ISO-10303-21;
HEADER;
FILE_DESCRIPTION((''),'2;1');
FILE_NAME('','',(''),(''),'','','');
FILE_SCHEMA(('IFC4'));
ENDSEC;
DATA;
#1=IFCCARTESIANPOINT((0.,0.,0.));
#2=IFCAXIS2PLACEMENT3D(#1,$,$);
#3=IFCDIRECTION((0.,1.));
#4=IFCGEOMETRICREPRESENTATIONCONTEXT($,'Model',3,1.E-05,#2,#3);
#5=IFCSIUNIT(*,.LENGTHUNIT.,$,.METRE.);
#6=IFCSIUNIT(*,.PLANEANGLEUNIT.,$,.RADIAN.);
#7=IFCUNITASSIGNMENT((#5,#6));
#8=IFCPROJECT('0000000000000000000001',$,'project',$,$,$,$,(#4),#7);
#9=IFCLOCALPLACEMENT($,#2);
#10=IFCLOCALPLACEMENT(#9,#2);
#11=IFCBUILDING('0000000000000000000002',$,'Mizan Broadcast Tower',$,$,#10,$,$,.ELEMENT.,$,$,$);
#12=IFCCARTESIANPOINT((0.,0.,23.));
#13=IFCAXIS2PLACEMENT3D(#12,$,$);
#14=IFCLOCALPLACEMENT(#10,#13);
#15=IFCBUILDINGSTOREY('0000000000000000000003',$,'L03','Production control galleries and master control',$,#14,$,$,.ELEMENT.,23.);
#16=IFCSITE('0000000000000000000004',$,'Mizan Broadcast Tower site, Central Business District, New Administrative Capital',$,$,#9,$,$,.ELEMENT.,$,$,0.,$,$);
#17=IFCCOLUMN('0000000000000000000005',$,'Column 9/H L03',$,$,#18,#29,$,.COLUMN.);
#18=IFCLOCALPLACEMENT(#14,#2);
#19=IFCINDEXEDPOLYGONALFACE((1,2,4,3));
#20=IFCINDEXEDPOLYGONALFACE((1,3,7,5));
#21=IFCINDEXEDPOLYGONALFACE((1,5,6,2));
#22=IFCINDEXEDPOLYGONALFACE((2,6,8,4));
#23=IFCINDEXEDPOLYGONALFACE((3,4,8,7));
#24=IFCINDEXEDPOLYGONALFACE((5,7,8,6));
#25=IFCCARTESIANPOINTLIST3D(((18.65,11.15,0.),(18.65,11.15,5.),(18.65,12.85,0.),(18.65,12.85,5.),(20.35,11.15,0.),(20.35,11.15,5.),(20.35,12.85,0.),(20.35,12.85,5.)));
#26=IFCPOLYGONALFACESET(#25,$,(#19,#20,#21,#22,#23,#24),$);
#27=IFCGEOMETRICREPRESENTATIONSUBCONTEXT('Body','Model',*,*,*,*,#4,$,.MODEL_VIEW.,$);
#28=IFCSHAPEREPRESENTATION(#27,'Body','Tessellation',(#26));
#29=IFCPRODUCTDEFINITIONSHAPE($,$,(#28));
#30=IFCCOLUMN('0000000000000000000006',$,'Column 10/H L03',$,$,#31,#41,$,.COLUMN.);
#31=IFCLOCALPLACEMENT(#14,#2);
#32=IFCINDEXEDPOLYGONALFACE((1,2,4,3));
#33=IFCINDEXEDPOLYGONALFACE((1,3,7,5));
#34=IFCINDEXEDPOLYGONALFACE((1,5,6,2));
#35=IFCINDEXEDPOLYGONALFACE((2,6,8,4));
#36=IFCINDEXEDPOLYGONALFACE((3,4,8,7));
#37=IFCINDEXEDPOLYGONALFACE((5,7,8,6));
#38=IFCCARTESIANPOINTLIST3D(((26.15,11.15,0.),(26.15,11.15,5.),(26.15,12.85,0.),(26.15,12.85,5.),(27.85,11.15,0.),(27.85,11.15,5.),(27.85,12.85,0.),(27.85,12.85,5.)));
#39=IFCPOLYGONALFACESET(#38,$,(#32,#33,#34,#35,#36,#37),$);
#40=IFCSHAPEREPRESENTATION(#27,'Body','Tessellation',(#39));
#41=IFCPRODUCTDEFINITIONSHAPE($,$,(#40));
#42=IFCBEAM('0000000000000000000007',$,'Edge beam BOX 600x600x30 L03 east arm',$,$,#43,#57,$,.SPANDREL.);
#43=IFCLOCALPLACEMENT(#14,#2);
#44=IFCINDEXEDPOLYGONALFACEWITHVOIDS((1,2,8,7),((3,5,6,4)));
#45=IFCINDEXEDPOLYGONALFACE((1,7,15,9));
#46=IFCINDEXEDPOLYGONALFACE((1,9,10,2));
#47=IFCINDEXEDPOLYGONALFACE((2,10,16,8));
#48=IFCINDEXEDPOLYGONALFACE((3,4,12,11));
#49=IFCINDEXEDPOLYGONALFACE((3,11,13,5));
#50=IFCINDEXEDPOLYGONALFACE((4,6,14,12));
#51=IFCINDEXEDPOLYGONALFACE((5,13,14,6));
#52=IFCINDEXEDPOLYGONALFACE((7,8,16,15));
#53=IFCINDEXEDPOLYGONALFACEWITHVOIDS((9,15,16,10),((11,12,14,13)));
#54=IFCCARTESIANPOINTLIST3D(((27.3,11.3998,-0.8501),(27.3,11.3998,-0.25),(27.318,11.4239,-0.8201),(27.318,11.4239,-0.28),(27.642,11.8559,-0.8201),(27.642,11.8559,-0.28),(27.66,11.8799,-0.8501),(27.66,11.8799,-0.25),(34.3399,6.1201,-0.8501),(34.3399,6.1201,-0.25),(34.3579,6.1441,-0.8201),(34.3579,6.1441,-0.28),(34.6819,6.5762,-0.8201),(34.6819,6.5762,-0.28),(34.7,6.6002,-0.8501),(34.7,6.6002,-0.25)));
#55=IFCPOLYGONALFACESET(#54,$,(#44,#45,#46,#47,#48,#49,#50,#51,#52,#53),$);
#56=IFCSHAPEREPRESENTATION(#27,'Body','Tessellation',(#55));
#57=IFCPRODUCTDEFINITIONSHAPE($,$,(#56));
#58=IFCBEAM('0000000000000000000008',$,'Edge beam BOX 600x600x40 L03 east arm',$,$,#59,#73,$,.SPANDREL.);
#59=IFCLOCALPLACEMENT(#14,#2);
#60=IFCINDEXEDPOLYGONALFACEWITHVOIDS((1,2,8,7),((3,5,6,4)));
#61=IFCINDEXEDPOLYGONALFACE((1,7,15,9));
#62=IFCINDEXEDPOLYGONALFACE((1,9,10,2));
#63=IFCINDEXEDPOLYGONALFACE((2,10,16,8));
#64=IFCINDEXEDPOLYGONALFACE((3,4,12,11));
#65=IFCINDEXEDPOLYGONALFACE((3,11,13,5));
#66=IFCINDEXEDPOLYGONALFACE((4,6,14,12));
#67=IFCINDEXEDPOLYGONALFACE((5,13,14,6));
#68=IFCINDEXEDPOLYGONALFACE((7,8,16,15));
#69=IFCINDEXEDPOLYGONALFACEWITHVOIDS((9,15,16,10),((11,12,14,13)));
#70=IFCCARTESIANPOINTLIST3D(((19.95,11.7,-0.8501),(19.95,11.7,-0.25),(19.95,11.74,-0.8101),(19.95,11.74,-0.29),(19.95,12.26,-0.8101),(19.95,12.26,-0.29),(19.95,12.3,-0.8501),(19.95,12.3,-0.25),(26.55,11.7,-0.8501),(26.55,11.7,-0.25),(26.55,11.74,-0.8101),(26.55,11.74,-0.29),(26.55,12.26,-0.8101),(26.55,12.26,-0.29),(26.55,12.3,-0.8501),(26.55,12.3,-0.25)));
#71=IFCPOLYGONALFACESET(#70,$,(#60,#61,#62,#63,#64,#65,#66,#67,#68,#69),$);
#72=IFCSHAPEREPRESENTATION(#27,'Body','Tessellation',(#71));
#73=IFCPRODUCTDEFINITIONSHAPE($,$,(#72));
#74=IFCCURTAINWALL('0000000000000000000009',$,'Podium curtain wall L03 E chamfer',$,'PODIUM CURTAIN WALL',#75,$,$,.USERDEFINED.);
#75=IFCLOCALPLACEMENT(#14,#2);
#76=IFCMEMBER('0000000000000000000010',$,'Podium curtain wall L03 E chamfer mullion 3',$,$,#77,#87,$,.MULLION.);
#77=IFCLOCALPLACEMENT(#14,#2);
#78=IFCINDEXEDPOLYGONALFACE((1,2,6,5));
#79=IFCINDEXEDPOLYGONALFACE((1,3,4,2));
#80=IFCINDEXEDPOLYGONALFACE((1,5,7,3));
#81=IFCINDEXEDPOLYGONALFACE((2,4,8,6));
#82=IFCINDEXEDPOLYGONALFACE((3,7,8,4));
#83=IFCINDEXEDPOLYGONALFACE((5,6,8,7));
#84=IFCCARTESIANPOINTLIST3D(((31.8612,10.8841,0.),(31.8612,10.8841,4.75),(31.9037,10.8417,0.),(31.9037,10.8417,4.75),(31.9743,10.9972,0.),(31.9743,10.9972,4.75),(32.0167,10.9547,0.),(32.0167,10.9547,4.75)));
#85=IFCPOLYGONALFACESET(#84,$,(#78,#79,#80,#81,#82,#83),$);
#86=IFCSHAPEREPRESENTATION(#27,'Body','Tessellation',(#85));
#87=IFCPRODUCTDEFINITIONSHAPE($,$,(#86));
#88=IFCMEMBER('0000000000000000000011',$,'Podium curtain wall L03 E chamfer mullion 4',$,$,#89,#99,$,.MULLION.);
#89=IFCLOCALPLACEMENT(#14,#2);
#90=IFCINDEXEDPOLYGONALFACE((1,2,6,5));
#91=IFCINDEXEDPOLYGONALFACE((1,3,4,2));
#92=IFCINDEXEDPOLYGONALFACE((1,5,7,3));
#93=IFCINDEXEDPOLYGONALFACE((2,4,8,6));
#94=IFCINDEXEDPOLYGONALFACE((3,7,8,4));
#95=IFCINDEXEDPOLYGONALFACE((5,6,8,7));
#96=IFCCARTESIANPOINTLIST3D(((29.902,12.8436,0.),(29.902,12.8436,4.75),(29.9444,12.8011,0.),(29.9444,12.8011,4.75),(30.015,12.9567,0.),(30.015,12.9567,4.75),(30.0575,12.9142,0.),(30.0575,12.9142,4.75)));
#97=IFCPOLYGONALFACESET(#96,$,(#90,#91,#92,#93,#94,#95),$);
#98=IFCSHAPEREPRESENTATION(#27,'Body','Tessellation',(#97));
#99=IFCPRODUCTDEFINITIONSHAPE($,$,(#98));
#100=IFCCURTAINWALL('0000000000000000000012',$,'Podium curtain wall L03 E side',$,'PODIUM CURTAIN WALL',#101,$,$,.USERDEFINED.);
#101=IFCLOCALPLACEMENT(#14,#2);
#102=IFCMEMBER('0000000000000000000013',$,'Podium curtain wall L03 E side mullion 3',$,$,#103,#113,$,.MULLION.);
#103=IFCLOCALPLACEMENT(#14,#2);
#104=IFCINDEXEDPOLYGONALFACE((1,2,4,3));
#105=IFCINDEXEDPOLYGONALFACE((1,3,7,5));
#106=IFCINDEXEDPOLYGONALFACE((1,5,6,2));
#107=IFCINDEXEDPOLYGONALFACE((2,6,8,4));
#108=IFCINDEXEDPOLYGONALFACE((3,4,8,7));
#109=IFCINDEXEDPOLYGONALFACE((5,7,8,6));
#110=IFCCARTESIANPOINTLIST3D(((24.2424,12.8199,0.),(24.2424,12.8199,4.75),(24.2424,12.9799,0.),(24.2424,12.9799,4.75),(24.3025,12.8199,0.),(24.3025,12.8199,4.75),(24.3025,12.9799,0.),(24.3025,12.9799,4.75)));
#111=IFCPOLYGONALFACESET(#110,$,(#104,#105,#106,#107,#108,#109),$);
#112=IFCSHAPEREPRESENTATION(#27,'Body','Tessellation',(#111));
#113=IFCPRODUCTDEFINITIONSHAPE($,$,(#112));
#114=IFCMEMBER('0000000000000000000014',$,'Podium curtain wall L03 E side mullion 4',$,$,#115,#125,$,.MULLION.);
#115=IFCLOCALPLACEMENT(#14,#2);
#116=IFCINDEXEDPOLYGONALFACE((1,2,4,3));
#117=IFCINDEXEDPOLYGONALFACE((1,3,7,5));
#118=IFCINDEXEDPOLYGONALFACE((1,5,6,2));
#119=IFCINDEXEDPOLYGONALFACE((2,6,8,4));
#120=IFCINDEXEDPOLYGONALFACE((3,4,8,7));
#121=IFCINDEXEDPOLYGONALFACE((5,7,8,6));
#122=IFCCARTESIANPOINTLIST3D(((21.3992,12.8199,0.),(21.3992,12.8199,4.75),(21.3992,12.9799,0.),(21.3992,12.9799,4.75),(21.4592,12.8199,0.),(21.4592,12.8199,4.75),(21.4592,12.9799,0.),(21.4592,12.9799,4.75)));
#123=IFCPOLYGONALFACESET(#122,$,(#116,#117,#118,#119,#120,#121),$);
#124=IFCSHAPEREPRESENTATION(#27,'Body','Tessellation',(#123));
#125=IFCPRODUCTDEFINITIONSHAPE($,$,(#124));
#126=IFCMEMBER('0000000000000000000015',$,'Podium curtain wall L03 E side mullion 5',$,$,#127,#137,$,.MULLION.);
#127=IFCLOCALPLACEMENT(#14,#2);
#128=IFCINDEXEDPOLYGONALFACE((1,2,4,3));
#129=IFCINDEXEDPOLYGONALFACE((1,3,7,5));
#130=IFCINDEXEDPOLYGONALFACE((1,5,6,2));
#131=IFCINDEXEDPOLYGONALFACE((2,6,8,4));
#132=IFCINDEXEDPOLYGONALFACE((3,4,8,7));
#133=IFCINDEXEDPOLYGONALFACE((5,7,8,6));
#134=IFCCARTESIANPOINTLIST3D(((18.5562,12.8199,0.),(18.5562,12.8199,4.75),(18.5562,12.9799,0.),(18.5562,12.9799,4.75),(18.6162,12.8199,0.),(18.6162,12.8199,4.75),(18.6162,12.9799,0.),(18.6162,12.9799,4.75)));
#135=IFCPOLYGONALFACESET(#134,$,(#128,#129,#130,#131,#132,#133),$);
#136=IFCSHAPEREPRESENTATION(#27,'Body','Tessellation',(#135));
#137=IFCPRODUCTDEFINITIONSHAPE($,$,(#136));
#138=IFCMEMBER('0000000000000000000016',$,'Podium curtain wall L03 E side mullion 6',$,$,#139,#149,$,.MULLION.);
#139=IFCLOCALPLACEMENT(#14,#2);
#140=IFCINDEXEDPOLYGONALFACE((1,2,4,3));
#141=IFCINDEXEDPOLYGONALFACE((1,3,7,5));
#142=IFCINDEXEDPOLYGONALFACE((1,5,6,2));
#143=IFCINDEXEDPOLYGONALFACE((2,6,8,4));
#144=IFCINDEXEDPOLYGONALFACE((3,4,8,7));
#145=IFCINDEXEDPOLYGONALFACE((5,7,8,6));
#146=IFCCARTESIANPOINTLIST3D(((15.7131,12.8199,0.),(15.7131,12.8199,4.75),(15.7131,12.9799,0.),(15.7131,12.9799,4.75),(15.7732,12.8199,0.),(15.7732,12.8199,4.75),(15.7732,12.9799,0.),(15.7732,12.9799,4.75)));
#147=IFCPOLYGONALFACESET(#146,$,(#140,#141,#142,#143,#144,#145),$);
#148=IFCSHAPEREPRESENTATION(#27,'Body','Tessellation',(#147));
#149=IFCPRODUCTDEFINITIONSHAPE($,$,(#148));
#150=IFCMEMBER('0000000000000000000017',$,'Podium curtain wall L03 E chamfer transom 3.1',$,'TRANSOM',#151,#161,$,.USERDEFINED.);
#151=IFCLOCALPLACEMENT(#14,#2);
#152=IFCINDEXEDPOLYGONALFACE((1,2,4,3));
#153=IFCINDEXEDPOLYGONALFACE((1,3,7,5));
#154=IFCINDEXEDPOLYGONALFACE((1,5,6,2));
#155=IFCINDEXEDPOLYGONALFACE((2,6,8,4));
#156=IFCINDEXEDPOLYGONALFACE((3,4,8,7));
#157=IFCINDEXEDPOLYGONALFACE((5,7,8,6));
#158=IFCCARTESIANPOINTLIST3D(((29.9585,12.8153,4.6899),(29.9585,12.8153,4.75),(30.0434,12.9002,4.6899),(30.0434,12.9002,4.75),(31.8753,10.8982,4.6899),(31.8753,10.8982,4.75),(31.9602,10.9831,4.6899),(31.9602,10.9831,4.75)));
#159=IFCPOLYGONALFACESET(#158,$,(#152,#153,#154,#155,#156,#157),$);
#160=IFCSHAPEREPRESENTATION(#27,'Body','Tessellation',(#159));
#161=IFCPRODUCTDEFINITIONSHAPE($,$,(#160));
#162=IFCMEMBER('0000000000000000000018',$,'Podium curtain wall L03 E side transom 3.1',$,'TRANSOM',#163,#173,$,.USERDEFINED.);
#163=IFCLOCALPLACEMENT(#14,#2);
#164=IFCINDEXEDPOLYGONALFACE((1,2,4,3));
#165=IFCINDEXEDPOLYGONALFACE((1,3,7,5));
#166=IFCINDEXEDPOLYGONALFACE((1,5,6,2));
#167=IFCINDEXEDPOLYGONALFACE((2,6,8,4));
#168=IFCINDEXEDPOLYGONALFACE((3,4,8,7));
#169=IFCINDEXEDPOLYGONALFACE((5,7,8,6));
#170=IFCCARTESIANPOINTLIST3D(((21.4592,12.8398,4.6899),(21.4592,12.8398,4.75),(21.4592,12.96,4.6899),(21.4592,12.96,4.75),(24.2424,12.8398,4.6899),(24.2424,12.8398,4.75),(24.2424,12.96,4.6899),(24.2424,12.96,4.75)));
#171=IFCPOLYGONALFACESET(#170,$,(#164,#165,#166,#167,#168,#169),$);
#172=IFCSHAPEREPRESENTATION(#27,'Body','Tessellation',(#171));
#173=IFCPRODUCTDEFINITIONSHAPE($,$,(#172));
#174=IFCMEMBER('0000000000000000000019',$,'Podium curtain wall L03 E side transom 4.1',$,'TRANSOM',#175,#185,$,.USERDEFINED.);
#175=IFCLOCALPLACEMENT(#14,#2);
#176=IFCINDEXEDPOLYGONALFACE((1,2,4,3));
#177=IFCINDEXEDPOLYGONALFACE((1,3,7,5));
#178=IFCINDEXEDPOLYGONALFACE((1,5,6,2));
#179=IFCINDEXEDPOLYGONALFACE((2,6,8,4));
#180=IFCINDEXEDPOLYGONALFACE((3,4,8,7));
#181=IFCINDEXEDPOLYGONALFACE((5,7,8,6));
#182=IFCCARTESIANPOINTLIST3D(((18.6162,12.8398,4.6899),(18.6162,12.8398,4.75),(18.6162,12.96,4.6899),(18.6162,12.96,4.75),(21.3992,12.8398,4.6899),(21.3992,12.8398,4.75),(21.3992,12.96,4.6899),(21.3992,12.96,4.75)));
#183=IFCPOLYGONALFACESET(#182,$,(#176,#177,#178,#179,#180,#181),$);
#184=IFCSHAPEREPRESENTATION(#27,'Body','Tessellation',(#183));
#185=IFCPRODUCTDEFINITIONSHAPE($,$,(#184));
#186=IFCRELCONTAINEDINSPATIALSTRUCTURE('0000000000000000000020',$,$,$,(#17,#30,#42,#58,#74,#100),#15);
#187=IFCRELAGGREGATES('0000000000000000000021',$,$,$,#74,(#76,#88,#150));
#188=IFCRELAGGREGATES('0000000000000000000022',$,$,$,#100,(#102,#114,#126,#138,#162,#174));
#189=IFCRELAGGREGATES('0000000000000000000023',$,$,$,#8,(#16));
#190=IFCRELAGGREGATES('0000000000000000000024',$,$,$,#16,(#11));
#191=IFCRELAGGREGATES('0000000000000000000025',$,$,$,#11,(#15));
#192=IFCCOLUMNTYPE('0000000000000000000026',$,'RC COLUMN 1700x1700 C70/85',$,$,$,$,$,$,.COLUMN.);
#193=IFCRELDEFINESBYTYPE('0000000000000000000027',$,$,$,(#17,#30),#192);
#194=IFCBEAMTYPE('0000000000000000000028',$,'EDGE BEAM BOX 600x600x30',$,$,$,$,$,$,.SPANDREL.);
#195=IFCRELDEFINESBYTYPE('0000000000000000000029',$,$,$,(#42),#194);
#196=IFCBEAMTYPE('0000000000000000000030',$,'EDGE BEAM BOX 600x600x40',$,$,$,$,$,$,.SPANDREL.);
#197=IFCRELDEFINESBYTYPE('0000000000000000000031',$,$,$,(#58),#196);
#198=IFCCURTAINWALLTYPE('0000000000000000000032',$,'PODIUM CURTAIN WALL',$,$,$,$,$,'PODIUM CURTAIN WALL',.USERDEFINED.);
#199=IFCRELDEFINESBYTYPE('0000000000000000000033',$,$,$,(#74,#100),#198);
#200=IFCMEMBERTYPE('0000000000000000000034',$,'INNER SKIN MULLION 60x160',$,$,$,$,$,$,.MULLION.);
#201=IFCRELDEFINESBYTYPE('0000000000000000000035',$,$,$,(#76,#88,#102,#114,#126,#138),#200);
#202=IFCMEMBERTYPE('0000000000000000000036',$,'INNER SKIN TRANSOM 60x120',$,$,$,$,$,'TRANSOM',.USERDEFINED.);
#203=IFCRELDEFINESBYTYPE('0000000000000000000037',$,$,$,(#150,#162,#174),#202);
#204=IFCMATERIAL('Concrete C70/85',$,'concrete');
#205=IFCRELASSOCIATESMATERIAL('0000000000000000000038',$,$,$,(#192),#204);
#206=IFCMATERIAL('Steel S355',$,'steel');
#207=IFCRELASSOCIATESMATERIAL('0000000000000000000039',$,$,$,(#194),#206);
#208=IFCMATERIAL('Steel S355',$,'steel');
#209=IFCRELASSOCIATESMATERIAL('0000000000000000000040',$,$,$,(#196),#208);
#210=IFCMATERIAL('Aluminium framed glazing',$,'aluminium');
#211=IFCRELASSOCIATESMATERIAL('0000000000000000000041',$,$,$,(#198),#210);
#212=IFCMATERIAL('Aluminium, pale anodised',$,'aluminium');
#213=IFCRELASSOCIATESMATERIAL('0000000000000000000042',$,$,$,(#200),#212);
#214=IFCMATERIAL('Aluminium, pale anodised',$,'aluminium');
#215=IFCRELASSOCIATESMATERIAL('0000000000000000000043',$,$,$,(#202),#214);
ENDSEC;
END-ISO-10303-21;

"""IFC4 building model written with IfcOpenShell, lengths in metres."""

from ifc_helpers import new_model, si_unit, direction, frame, origin, origin_2d, place, context, subcontext, project, spatial, rectangle, hollow_rectangle, extrude, material, material_profile, profile_set, type_object, element, aggregate, save


model = new_model("IFC4")

# Units and contexts
model_context = context("Model", 3, precision=1e-05, world=origin(), true_north=direction((0.0, 1.0)))
body_context = subcontext(model_context, "Body", "Model", "MODEL_VIEW")
ifc_project = project(units=[si_unit("LENGTHUNIT", "METRE"), si_unit("PLANEANGLEUNIT", "RADIAN")], contexts=[model_context])

# Site, building, storey
site_placement = place(None, origin())
site = spatial("IfcSite", under=ifc_project, at=site_placement, Name="Mizan Broadcast Tower site, Central Business District, New Administrative Capital", CompositionType="ELEMENT", RefElevation=0.0)
building_placement = place(site_placement, origin())
building = spatial("IfcBuilding", under=site, at=building_placement, Name="Mizan Broadcast Tower", CompositionType="ELEMENT")
storey_placement = place(building_placement, frame((0.0, 0.0, 23.0)))
storey = spatial("IfcBuildingStorey", under=building, at=storey_placement, Name="L03", Description="Production control galleries and master control", CompositionType="ELEMENT", Elevation=23.0)

# Columns
ifc_material_1 = material(Name="Concrete C70/85", Category="concrete")
ifc_material_profile_1 = material_profile(ifc_material_1, rectangle(XDim=1.7, YDim=1.7, at=origin_2d()), Name="RC 1700x1700")
ifc_profile_set_1 = profile_set([ifc_material_profile_1], Name="Concrete C70/85")
column_type = type_object("IfcColumnType", Name="RC COLUMN 1700x1700 C70/85", PredefinedType="COLUMN", material=ifc_profile_set_1)
for number, where, z_axis, x_axis, name in (
    (1, (19.5, 12.0, 0.0), (0.0, 0.0, 1.0), (1.0, 0.0, 0.0), "Column 9/H L03"),
    (2, (27.0, 12.0, 0.0), (0.0, 0.0, 1.0), (1.0, 0.0, 0.0), "Column 10/H L03"),
):
    element("IfcColumn", number, at=place(storey_placement, frame(where, z_axis=z_axis, x_axis=x_axis)), inside=storey, type_object=column_type, Name=name, PredefinedType="COLUMN", context=body_context, shape_type="SweptSolid", body=[
        extrude(rectangle(XDim=1.7, YDim=1.7, at=origin_2d()), origin(), (0.0, 0.0, 1.0), 5.0),
    ])

# Beams
ifc_material_2 = material(Name="Steel S355", Category="steel")
ifc_material_profile_2 = material_profile(ifc_material_2, hollow_rectangle(XDim=0.6001, YDim=0.6001, WallThickness=0.03, at=origin_2d()), Name="BOX 600x600x30")
ifc_profile_set_2 = profile_set([ifc_material_profile_2], Name="Steel S355")
beam_type_1 = type_object("IfcBeamType", Name="EDGE BEAM BOX 600x600x30", PredefinedType="SPANDREL", material=ifc_profile_set_2)
beam_1_placement = place(storey_placement, frame((27.48, 11.6399, -0.55), z_axis=(0.800013, -0.599982, 0.0), x_axis=(0.599982, 0.800013, 0.0)))
element("IfcBeam", 3, at=beam_1_placement, inside=storey, type_object=beam_type_1, Name="Edge beam BOX 600x600x30 L03 east arm", PredefinedType="SPANDREL", context=body_context, shape_type="SweptSolid", body=[
    extrude(hollow_rectangle(XDim=0.6001, YDim=0.6001, WallThickness=0.03, at=origin_2d()), origin(), (0.0, 0.0, 1.0), 8.7998),
])
ifc_material_3 = material(Name="Steel S355", Category="steel")
ifc_material_profile_3 = material_profile(ifc_material_3, hollow_rectangle(XDim=0.6001, YDim=0.6001, WallThickness=0.04, at=origin_2d()), Name="BOX 600x600x40")
ifc_profile_set_3 = profile_set([ifc_material_profile_3], Name="Steel S355")
beam_type_2 = type_object("IfcBeamType", Name="EDGE BEAM BOX 600x600x40", PredefinedType="SPANDREL", material=ifc_profile_set_3)
beam_2_placement = place(storey_placement, frame((19.95, 12.0, -0.55), z_axis=(1.0, 0.0, 0.0), x_axis=(0.0, 1.0, 0.0)))
element("IfcBeam", 4, at=beam_2_placement, inside=storey, type_object=beam_type_2, Name="Edge beam BOX 600x600x40 L03 east arm", PredefinedType="SPANDREL", context=body_context, shape_type="SweptSolid", body=[
    extrude(hollow_rectangle(XDim=0.6001, YDim=0.6001, WallThickness=0.04, at=origin_2d()), origin(), (0.0, 0.0, 1.0), 6.6001),
])

# Curtain walls, members
ifc_material_4 = material(Name="Aluminium framed glazing", Category="aluminium")
curtain_wall_type_1 = type_object("IfcCurtainWallType", Name="PODIUM CURTAIN WALL", ElementType="PODIUM CURTAIN WALL", PredefinedType="USERDEFINED", material=ifc_material_4)
curtain_wall_1_placement = place(storey_placement, origin())
curtain_wall_1 = element("IfcCurtainWall", 5, at=curtain_wall_1_placement, inside=storey, type_object=curtain_wall_type_1, Name="Podium curtain wall L03 E chamfer", ObjectType="PODIUM CURTAIN WALL", PredefinedType="USERDEFINED")
ifc_material_5 = material(Name="Aluminium, pale anodised", Category="aluminium")
ifc_material_profile_4 = material_profile(ifc_material_5, rectangle(XDim=0.1599, YDim=0.0601, at=origin_2d()), Name="MULLION 160x60")
ifc_profile_set_4 = profile_set([ifc_material_profile_4], Name="Aluminium, pale anodised")
member_type_1 = type_object("IfcMemberType", Name="INNER SKIN MULLION 60x160", PredefinedType="MULLION", material=ifc_profile_set_4)
member_1_placement = place(storey_placement, frame((31.939, 10.9194, 0.0), z_axis=(0.0, 0.0, 1.0), x_axis=(-0.707107, -0.707107, 0.0)))
member_1 = element("IfcMember", 6, at=member_1_placement, type_object=member_type_1, Name="Podium curtain wall L03 E chamfer mullion 3", PredefinedType="MULLION", context=body_context, shape_type="SweptSolid", body=[
    extrude(rectangle(XDim=0.1599, YDim=0.0601, at=origin_2d()), origin(), (0.0, 0.0, 1.0), 4.75),
])
member_2_placement = place(storey_placement, frame((29.9797, 12.8789, 0.0), z_axis=(0.0, 0.0, 1.0), x_axis=(-0.707107, -0.707107, 0.0)))
member_2 = element("IfcMember", 7, at=member_2_placement, type_object=member_type_1, Name="Podium curtain wall L03 E chamfer mullion 4", PredefinedType="MULLION", context=body_context, shape_type="SweptSolid", body=[
    extrude(rectangle(XDim=0.1599, YDim=0.0601, at=origin_2d()), origin(), (0.0, 0.0, 1.0), 4.75),
])
curtain_wall_2_placement = place(storey_placement, origin())
curtain_wall_2 = element("IfcCurtainWall", 8, at=curtain_wall_2_placement, inside=storey, type_object=curtain_wall_type_1, Name="Podium curtain wall L03 E side", ObjectType="PODIUM CURTAIN WALL", PredefinedType="USERDEFINED")
member_3_placement = place(storey_placement, frame((24.2725, 12.8999, 0.0), z_axis=(0.0, 0.0, 1.0), x_axis=(0.0, -1.0, 0.0)))
member_3 = element("IfcMember", 9, at=member_3_placement, type_object=member_type_1, Name="Podium curtain wall L03 E side mullion 3", PredefinedType="MULLION", context=body_context, shape_type="SweptSolid", body=[
    extrude(rectangle(XDim=0.1599, YDim=0.0601, at=origin_2d()), origin(), (0.0, 0.0, 1.0), 4.75),
])
member_4_placement = place(storey_placement, frame((21.4292, 12.8999, 0.0), z_axis=(0.0, 0.0, 1.0), x_axis=(0.0, -1.0, 0.0)))
member_4 = element("IfcMember", 10, at=member_4_placement, type_object=member_type_1, Name="Podium curtain wall L03 E side mullion 4", PredefinedType="MULLION", context=body_context, shape_type="SweptSolid", body=[
    extrude(rectangle(XDim=0.1599, YDim=0.0601, at=origin_2d()), origin(), (0.0, 0.0, 1.0), 4.75),
])
member_5_placement = place(storey_placement, frame((18.5862, 12.8999, 0.0), z_axis=(0.0, 0.0, 1.0), x_axis=(0.0, -1.0, 0.0)))
member_5 = element("IfcMember", 11, at=member_5_placement, type_object=member_type_1, Name="Podium curtain wall L03 E side mullion 5", PredefinedType="MULLION", context=body_context, shape_type="SweptSolid", body=[
    extrude(rectangle(XDim=0.1599, YDim=0.0601, at=origin_2d()), origin(), (0.0, 0.0, 1.0), 4.75),
])
member_6_placement = place(storey_placement, frame((15.7432, 12.8999, 0.0), z_axis=(0.0, 0.0, 1.0), x_axis=(0.0, -1.0, 0.0)))
member_6 = element("IfcMember", 12, at=member_6_placement, type_object=member_type_1, Name="Podium curtain wall L03 E side mullion 6", PredefinedType="MULLION", context=body_context, shape_type="SweptSolid", body=[
    extrude(rectangle(XDim=0.1599, YDim=0.0601, at=origin_2d()), origin(), (0.0, 0.0, 1.0), 4.75),
])

# Members
ifc_material_6 = material(Name="Aluminium, pale anodised", Category="aluminium")
ifc_material_profile_5 = material_profile(ifc_material_6, rectangle(XDim=0.1201, YDim=0.0601, at=origin_2d()), Name="TRANSOM 120x60")
ifc_profile_set_5 = profile_set([ifc_material_profile_5], Name="Aluminium, pale anodised")
member_type_2 = type_object("IfcMemberType", Name="INNER SKIN TRANSOM 60x120", ElementType="TRANSOM", PredefinedType="USERDEFINED", material=ifc_profile_set_5)
member_7_placement = place(storey_placement, frame((31.9177, 10.9407, 4.72), z_axis=(-0.707062, 0.707152, 0.0), x_axis=(-0.707152, -0.707062, 0.0)))
member_7 = element("IfcMember", 13, at=member_7_placement, type_object=member_type_2, Name="Podium curtain wall L03 E chamfer transom 3.1", ObjectType="TRANSOM", PredefinedType="USERDEFINED", context=body_context, shape_type="SweptSolid", body=[
    extrude(rectangle(XDim=0.1201, YDim=0.0601, at=origin_2d()), origin(), (0.0, 0.0, 1.0), 2.7109),
])
member_8_placement = place(storey_placement, frame((24.2424, 12.8999, 4.72), z_axis=(-1.0, 0.0, 0.0), x_axis=(0.0, -1.0, 0.0)))
member_8 = element("IfcMember", 14, at=member_8_placement, type_object=member_type_2, Name="Podium curtain wall L03 E side transom 3.1", ObjectType="TRANSOM", PredefinedType="USERDEFINED", context=body_context, shape_type="SweptSolid", body=[
    extrude(rectangle(XDim=0.1201, YDim=0.0601, at=origin_2d()), origin(), (0.0, 0.0, 1.0), 2.7832),
])
member_9_placement = place(storey_placement, frame((21.3992, 12.8999, 4.72), z_axis=(-1.0, 0.0, 0.0), x_axis=(0.0, -1.0, 0.0)))
member_9 = element("IfcMember", 15, at=member_9_placement, type_object=member_type_2, Name="Podium curtain wall L03 E side transom 4.1", ObjectType="TRANSOM", PredefinedType="USERDEFINED", context=body_context, shape_type="SweptSolid", body=[
    extrude(rectangle(XDim=0.1201, YDim=0.0601, at=origin_2d()), origin(), (0.0, 0.0, 1.0), 2.783),
])

aggregate(curtain_wall_1, [member_1, member_2, member_7])
aggregate(curtain_wall_2, [member_3, member_4, member_5, member_6, member_8, member_9])

save(model, "model.ifc")
